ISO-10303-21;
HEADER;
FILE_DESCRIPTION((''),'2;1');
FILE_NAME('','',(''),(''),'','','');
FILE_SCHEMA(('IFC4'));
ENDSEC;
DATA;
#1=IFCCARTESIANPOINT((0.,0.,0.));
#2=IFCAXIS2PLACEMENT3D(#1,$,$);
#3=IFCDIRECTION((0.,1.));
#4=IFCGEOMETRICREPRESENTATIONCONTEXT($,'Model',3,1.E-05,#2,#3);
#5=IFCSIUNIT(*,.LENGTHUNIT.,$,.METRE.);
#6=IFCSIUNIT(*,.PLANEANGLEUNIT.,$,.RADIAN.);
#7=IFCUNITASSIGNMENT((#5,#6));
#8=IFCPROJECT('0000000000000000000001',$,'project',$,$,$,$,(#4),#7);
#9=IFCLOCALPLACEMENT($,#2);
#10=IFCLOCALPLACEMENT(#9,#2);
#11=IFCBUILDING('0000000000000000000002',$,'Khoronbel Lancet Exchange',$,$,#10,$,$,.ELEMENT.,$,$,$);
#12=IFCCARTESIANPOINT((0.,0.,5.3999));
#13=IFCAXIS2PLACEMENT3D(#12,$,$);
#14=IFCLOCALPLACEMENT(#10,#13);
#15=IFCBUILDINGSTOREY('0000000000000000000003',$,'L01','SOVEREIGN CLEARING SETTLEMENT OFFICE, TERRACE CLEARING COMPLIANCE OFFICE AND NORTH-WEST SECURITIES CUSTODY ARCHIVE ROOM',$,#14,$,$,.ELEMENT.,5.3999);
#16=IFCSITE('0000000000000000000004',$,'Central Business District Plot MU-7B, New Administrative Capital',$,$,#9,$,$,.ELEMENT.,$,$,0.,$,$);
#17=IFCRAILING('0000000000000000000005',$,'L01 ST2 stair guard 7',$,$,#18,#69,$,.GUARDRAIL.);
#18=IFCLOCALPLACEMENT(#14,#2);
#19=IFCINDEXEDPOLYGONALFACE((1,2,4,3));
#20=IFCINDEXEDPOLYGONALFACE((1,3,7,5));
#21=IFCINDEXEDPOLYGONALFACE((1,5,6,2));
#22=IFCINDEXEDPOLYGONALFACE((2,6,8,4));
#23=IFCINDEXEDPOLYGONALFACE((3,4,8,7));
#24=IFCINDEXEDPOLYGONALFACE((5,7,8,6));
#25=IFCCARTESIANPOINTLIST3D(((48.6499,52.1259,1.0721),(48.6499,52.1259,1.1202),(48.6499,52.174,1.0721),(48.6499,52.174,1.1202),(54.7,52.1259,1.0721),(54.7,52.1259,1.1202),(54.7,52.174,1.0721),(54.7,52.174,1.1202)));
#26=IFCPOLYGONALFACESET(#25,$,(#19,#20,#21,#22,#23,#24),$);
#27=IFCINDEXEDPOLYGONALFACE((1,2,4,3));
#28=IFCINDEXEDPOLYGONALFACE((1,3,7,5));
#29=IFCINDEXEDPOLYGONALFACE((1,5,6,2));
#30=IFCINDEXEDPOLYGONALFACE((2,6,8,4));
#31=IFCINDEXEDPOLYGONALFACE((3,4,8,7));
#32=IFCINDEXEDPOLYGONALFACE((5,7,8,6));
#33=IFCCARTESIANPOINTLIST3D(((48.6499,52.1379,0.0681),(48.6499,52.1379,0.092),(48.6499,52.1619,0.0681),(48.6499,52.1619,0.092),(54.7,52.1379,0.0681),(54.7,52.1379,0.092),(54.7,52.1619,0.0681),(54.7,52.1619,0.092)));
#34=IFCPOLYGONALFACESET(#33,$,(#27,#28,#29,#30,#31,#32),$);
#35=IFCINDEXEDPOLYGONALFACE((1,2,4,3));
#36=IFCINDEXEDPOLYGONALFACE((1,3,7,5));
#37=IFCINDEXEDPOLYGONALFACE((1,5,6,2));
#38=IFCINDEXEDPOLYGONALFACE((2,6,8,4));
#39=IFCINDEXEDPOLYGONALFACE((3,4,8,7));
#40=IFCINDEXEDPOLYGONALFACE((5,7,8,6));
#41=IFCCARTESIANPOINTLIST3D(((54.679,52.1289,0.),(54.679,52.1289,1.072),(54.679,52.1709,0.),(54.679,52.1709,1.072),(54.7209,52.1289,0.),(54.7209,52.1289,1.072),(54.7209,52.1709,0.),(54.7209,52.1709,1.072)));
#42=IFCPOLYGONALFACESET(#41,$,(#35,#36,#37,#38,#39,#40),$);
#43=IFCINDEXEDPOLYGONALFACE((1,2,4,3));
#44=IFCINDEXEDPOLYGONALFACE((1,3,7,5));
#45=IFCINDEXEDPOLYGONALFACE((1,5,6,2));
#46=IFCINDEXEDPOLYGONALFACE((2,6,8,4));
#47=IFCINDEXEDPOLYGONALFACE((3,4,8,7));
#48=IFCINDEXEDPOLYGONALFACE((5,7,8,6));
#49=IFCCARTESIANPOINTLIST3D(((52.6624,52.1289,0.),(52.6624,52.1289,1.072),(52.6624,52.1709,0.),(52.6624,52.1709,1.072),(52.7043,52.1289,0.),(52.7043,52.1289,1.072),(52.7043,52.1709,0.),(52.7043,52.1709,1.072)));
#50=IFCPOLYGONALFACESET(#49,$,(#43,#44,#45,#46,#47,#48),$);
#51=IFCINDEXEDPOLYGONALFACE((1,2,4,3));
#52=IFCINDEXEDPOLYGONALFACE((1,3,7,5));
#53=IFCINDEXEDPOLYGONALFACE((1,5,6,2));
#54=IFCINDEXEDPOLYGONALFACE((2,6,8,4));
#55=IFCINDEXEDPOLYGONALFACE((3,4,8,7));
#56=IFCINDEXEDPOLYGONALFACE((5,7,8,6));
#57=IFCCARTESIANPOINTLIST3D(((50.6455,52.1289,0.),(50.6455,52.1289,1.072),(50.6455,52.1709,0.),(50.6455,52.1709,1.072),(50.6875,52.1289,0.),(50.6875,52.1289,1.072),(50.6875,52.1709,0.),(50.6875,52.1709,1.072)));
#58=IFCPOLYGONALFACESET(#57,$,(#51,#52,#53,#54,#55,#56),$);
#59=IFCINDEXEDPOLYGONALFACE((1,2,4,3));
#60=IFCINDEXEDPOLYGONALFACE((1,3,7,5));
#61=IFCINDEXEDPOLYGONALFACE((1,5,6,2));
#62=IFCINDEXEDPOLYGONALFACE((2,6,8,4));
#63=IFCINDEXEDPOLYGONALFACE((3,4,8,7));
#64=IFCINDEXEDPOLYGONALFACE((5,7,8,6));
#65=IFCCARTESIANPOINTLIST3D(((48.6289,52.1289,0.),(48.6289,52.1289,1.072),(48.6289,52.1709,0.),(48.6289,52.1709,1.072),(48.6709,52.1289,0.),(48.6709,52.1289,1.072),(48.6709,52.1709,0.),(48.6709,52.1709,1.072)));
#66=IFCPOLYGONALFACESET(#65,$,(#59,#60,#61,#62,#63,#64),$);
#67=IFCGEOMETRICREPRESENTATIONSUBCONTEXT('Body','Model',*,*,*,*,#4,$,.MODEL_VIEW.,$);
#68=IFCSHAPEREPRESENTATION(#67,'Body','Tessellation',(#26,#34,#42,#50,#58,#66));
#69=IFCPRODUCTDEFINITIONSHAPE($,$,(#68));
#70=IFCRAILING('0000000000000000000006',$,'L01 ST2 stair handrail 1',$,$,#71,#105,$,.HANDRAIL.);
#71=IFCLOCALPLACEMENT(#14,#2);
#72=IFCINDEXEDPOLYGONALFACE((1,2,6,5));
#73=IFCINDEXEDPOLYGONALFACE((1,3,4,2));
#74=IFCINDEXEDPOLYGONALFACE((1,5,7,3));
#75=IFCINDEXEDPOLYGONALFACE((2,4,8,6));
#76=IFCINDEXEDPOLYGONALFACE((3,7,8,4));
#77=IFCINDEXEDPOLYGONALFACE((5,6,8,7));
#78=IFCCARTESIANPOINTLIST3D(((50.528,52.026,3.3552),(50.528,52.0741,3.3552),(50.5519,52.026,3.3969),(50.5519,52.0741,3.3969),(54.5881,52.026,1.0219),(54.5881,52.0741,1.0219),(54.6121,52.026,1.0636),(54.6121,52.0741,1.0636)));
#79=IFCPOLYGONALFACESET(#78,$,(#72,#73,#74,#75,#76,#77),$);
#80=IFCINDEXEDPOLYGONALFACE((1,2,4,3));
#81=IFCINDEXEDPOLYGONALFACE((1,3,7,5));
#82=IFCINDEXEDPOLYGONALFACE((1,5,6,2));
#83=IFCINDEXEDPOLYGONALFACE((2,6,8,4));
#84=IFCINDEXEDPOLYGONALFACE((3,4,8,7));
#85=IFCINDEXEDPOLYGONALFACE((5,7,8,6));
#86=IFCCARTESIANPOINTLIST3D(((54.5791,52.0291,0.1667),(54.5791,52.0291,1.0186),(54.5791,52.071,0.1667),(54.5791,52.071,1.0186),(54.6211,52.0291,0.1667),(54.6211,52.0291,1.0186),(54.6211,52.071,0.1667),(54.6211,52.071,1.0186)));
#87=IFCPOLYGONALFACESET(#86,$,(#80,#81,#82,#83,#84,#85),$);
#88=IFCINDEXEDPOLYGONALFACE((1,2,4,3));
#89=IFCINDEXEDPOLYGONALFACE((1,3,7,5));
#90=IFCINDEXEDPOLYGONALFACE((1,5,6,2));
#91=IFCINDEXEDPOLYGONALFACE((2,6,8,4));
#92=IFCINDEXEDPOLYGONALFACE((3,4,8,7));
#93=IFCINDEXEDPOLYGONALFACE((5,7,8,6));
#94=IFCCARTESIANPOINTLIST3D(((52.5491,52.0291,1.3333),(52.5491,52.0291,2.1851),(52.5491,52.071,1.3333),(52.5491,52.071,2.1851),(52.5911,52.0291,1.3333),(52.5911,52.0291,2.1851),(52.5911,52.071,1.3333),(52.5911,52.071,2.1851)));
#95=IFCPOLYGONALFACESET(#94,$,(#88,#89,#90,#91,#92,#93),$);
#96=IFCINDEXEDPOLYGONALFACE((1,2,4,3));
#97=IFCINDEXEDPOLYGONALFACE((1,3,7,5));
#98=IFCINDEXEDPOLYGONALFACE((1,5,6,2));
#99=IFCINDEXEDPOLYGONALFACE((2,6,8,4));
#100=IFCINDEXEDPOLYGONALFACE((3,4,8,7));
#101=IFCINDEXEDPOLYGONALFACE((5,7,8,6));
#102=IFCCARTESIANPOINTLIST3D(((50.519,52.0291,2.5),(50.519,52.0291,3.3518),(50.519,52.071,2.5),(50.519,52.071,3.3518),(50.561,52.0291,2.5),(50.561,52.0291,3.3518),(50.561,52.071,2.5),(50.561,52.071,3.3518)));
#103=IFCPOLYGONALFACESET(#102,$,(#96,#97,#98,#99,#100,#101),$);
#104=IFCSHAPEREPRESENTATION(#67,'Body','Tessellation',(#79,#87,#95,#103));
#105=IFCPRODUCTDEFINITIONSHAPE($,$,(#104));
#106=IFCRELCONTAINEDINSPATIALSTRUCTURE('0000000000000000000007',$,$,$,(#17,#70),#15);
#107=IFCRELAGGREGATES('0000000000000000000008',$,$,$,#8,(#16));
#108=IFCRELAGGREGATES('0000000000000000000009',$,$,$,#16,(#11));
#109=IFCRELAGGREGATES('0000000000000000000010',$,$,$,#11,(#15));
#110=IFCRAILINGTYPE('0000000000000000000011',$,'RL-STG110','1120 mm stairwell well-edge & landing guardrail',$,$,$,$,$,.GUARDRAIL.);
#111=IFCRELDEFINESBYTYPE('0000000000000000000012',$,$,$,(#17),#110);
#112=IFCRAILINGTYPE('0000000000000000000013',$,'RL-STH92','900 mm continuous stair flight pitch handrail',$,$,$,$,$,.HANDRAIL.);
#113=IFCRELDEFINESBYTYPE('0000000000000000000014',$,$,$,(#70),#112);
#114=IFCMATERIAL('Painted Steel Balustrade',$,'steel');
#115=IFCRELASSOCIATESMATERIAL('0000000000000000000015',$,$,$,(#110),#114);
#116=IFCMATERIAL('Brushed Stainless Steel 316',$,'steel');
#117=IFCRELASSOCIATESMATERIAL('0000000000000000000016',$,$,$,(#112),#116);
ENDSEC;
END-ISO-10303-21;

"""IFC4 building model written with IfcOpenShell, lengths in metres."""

from ifc_helpers import new_model, si_unit, direction, frame, origin, origin_2d, place, context, subcontext, project, spatial, rectangle, extrude, material, type_object, element, save


model = new_model("IFC4")

# Units and contexts
model_context = context("Model", 3, precision=1e-05, world=origin(), true_north=direction((0.0, 1.0)))
body_context = subcontext(model_context, "Body", "Model", "MODEL_VIEW")
ifc_project = project(units=[si_unit("LENGTHUNIT", "METRE"), si_unit("PLANEANGLEUNIT", "RADIAN")], contexts=[model_context])

# Site, building, storey
site_placement = place(None, origin())
site = spatial("IfcSite", under=ifc_project, at=site_placement, Name="Central Business District Plot MU-7B, New Administrative Capital", CompositionType="ELEMENT", RefElevation=0.0)
building_placement = place(site_placement, origin())
building = spatial("IfcBuilding", under=site, at=building_placement, Name="Khoronbel Lancet Exchange", CompositionType="ELEMENT")
storey_placement = place(building_placement, frame((0.0, 0.0, 5.3999)))
storey = spatial("IfcBuildingStorey", under=building, at=storey_placement, Name="L01", Description="SOVEREIGN CLEARING SETTLEMENT OFFICE, TERRACE CLEARING COMPLIANCE OFFICE AND NORTH-WEST SECURITIES CUSTODY ARCHIVE ROOM", CompositionType="ELEMENT", Elevation=5.3999)

# Railings
ifc_material_1 = material(Name="Painted Steel Balustrade", Category="steel")
railing_type_1 = type_object("IfcRailingType", Name="RL-STG110", Description="1120 mm stairwell well-edge & landing guardrail", PredefinedType="GUARDRAIL", material=ifc_material_1)
railing_1_placement = place(storey_placement, frame((54.7, 52.1499, 0.0)))
element("IfcRailing", 1, at=railing_1_placement, inside=storey, type_object=railing_type_1, Name="L01 ST2 stair guard 7", PredefinedType="GUARDRAIL", context=body_context, shape_type="SweptSolid", body=[
    extrude(rectangle(XDim=0.0481, YDim=0.0481, at=origin_2d()), frame((0.0, 0.0, 1.0962), z_axis=(-1.0, 0.0, 0.0), x_axis=(0.0, -1.0, 0.0)), (0.0, 0.0, 1.0), 6.05),
    extrude(rectangle(XDim=0.0239, YDim=0.0239, at=origin_2d()), frame((0.0, 0.0, 0.0801), z_axis=(-1.0, 0.0, 0.0), x_axis=(0.0, -1.0, 0.0)), (0.0, 0.0, 1.0), 6.05),
    extrude(rectangle(XDim=0.042, YDim=0.042, at=origin_2d()), origin(), (0.0, 0.0, 1.0), 1.072),
    extrude(rectangle(XDim=0.042, YDim=0.042, at=origin_2d()), frame((-2.0166, 0.0, 0.0)), (0.0, 0.0, 1.0), 1.072),
    extrude(rectangle(XDim=0.042, YDim=0.042, at=origin_2d()), frame((-4.0334, 0.0, 0.0)), (0.0, 0.0, 1.0), 1.072),
    extrude(rectangle(XDim=0.042, YDim=0.042, at=origin_2d()), frame((-6.05, 0.0, 0.0)), (0.0, 0.0, 1.0), 1.072),
])
ifc_material_2 = material(Name="Brushed Stainless Steel 316", Category="steel")
railing_type_2 = type_object("IfcRailingType", Name="RL-STH92", Description="900 mm continuous stair flight pitch handrail", PredefinedType="HANDRAIL", material=ifc_material_2)
railing_2_placement = place(storey_placement, frame((54.6001, 52.05, 0.1667)))
element("IfcRailing", 2, at=railing_2_placement, inside=storey, type_object=railing_type_2, Name="L01 ST2 stair handrail 1", PredefinedType="HANDRAIL", context=body_context, shape_type="SweptSolid", body=[
    extrude(rectangle(XDim=0.0481, YDim=0.0481, at=origin_2d()), frame((0.0, 0.0, 0.876), z_axis=(-0.867025, 0.0, 0.498265), x_axis=(0.0, -1.0, 0.0)), (0.0, 0.0, 1.0), 4.6829),
    extrude(rectangle(XDim=0.042, YDim=0.042, at=origin_2d()), origin(), (0.0, 0.0, 1.0), 0.8518),
    extrude(rectangle(XDim=0.042, YDim=0.042, at=origin_2d()), frame((-2.03, 0.0, 1.1665)), (0.0, 0.0, 1.0), 0.8518),
    extrude(rectangle(XDim=0.042, YDim=0.042, at=origin_2d()), frame((-4.0601, 0.0, 2.3333)), (0.0, 0.0, 1.0), 0.8518),
])

save(model, "model.ifc")
